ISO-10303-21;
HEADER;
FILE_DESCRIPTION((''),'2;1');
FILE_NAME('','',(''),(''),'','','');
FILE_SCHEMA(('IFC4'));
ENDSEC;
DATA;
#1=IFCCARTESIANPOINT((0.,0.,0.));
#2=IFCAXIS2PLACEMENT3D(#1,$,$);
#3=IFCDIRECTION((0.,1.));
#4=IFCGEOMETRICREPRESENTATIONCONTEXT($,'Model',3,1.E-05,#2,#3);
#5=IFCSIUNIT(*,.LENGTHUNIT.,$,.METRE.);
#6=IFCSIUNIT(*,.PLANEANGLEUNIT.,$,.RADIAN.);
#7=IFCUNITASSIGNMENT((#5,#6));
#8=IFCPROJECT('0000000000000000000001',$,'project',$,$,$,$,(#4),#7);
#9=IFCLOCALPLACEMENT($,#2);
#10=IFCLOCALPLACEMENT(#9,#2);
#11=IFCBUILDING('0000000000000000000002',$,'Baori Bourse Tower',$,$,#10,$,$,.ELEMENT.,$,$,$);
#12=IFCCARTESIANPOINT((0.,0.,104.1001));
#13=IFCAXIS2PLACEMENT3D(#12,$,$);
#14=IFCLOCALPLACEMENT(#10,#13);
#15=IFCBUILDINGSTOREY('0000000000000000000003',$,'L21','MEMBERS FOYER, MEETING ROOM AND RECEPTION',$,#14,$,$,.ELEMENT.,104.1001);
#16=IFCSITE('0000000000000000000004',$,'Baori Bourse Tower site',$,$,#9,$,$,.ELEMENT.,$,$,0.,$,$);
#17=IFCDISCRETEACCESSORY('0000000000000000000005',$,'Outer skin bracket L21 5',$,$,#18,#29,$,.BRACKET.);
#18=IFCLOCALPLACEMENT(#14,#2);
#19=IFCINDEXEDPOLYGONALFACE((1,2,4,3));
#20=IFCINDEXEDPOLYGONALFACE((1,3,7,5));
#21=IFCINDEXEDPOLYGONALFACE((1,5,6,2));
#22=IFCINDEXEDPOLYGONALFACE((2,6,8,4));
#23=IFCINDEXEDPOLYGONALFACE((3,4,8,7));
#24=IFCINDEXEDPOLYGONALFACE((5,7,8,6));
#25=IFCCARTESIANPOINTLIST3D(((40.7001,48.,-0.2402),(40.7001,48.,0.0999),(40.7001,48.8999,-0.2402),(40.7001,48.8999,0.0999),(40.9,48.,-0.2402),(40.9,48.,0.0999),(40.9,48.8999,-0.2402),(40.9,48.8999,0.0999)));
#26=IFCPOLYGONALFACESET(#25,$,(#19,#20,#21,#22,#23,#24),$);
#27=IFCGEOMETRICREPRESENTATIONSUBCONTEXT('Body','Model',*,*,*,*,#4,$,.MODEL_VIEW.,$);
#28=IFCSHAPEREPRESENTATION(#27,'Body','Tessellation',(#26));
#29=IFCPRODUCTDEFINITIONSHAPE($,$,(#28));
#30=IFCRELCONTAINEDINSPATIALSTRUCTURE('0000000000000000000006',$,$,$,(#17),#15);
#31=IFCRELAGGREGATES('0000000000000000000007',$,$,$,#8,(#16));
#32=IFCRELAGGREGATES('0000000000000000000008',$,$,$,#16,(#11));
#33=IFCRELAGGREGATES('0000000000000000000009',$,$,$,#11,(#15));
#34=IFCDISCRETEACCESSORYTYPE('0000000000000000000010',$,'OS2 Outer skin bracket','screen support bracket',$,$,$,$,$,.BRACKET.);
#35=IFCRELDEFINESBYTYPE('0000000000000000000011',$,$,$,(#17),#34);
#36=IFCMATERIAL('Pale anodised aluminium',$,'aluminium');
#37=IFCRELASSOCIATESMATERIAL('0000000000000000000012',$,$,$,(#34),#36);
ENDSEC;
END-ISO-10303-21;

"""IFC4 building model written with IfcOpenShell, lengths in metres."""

from ifc_helpers import new_model, si_unit, direction, frame, origin, origin_2d, place, context, subcontext, project, spatial, rectangle, extrude, material, type_object, element, save


model = new_model("IFC4")

# Units and contexts
model_context = context("Model", 3, precision=1e-05, world=origin(), true_north=direction((0.0, 1.0)))
body_context = subcontext(model_context, "Body", "Model", "MODEL_VIEW")
ifc_project = project(units=[si_unit("LENGTHUNIT", "METRE"), si_unit("PLANEANGLEUNIT", "RADIAN")], contexts=[model_context])

# Site, building, storey
site_placement = place(None, origin())
site = spatial("IfcSite", under=ifc_project, at=site_placement, Name="Baori Bourse Tower site", CompositionType="ELEMENT", RefElevation=0.0)
building_placement = place(site_placement, origin())
building = spatial("IfcBuilding", under=site, at=building_placement, Name="Baori Bourse Tower", CompositionType="ELEMENT")
storey_placement = place(building_placement, frame((0.0, 0.0, 104.1001)))
storey = spatial("IfcBuildingStorey", under=building, at=storey_placement, Name="L21", Description="MEMBERS FOYER, MEETING ROOM AND RECEPTION", CompositionType="ELEMENT", Elevation=104.1001)

# Discrete accessory
ifc_material_1 = material(Name="Pale anodised aluminium", Category="aluminium")
discrete_accessory_type = type_object("IfcDiscreteAccessoryType", Name="OS2 Outer skin bracket", Description="screen support bracket", PredefinedType="BRACKET", material=ifc_material_1)
for number, where, z_axis, x_axis, name in (
    (1, (40.8, 48.45, -0.2402), (0.0, 0.0, 1.0), (-1.0, 0.0, 0.0), "Outer skin bracket L21 5"),
):
    element("IfcDiscreteAccessory", number, at=place(storey_placement, frame(where, z_axis=z_axis, x_axis=x_axis)), inside=storey, type_object=discrete_accessory_type, Name=name, PredefinedType="BRACKET", context=body_context, shape_type="SweptSolid", body=[
        extrude(rectangle(XDim=0.2, YDim=0.8999, at=origin_2d()), origin(), (0.0, 0.0, 1.0), 0.3401),
    ])

save(model, "model.ifc")
